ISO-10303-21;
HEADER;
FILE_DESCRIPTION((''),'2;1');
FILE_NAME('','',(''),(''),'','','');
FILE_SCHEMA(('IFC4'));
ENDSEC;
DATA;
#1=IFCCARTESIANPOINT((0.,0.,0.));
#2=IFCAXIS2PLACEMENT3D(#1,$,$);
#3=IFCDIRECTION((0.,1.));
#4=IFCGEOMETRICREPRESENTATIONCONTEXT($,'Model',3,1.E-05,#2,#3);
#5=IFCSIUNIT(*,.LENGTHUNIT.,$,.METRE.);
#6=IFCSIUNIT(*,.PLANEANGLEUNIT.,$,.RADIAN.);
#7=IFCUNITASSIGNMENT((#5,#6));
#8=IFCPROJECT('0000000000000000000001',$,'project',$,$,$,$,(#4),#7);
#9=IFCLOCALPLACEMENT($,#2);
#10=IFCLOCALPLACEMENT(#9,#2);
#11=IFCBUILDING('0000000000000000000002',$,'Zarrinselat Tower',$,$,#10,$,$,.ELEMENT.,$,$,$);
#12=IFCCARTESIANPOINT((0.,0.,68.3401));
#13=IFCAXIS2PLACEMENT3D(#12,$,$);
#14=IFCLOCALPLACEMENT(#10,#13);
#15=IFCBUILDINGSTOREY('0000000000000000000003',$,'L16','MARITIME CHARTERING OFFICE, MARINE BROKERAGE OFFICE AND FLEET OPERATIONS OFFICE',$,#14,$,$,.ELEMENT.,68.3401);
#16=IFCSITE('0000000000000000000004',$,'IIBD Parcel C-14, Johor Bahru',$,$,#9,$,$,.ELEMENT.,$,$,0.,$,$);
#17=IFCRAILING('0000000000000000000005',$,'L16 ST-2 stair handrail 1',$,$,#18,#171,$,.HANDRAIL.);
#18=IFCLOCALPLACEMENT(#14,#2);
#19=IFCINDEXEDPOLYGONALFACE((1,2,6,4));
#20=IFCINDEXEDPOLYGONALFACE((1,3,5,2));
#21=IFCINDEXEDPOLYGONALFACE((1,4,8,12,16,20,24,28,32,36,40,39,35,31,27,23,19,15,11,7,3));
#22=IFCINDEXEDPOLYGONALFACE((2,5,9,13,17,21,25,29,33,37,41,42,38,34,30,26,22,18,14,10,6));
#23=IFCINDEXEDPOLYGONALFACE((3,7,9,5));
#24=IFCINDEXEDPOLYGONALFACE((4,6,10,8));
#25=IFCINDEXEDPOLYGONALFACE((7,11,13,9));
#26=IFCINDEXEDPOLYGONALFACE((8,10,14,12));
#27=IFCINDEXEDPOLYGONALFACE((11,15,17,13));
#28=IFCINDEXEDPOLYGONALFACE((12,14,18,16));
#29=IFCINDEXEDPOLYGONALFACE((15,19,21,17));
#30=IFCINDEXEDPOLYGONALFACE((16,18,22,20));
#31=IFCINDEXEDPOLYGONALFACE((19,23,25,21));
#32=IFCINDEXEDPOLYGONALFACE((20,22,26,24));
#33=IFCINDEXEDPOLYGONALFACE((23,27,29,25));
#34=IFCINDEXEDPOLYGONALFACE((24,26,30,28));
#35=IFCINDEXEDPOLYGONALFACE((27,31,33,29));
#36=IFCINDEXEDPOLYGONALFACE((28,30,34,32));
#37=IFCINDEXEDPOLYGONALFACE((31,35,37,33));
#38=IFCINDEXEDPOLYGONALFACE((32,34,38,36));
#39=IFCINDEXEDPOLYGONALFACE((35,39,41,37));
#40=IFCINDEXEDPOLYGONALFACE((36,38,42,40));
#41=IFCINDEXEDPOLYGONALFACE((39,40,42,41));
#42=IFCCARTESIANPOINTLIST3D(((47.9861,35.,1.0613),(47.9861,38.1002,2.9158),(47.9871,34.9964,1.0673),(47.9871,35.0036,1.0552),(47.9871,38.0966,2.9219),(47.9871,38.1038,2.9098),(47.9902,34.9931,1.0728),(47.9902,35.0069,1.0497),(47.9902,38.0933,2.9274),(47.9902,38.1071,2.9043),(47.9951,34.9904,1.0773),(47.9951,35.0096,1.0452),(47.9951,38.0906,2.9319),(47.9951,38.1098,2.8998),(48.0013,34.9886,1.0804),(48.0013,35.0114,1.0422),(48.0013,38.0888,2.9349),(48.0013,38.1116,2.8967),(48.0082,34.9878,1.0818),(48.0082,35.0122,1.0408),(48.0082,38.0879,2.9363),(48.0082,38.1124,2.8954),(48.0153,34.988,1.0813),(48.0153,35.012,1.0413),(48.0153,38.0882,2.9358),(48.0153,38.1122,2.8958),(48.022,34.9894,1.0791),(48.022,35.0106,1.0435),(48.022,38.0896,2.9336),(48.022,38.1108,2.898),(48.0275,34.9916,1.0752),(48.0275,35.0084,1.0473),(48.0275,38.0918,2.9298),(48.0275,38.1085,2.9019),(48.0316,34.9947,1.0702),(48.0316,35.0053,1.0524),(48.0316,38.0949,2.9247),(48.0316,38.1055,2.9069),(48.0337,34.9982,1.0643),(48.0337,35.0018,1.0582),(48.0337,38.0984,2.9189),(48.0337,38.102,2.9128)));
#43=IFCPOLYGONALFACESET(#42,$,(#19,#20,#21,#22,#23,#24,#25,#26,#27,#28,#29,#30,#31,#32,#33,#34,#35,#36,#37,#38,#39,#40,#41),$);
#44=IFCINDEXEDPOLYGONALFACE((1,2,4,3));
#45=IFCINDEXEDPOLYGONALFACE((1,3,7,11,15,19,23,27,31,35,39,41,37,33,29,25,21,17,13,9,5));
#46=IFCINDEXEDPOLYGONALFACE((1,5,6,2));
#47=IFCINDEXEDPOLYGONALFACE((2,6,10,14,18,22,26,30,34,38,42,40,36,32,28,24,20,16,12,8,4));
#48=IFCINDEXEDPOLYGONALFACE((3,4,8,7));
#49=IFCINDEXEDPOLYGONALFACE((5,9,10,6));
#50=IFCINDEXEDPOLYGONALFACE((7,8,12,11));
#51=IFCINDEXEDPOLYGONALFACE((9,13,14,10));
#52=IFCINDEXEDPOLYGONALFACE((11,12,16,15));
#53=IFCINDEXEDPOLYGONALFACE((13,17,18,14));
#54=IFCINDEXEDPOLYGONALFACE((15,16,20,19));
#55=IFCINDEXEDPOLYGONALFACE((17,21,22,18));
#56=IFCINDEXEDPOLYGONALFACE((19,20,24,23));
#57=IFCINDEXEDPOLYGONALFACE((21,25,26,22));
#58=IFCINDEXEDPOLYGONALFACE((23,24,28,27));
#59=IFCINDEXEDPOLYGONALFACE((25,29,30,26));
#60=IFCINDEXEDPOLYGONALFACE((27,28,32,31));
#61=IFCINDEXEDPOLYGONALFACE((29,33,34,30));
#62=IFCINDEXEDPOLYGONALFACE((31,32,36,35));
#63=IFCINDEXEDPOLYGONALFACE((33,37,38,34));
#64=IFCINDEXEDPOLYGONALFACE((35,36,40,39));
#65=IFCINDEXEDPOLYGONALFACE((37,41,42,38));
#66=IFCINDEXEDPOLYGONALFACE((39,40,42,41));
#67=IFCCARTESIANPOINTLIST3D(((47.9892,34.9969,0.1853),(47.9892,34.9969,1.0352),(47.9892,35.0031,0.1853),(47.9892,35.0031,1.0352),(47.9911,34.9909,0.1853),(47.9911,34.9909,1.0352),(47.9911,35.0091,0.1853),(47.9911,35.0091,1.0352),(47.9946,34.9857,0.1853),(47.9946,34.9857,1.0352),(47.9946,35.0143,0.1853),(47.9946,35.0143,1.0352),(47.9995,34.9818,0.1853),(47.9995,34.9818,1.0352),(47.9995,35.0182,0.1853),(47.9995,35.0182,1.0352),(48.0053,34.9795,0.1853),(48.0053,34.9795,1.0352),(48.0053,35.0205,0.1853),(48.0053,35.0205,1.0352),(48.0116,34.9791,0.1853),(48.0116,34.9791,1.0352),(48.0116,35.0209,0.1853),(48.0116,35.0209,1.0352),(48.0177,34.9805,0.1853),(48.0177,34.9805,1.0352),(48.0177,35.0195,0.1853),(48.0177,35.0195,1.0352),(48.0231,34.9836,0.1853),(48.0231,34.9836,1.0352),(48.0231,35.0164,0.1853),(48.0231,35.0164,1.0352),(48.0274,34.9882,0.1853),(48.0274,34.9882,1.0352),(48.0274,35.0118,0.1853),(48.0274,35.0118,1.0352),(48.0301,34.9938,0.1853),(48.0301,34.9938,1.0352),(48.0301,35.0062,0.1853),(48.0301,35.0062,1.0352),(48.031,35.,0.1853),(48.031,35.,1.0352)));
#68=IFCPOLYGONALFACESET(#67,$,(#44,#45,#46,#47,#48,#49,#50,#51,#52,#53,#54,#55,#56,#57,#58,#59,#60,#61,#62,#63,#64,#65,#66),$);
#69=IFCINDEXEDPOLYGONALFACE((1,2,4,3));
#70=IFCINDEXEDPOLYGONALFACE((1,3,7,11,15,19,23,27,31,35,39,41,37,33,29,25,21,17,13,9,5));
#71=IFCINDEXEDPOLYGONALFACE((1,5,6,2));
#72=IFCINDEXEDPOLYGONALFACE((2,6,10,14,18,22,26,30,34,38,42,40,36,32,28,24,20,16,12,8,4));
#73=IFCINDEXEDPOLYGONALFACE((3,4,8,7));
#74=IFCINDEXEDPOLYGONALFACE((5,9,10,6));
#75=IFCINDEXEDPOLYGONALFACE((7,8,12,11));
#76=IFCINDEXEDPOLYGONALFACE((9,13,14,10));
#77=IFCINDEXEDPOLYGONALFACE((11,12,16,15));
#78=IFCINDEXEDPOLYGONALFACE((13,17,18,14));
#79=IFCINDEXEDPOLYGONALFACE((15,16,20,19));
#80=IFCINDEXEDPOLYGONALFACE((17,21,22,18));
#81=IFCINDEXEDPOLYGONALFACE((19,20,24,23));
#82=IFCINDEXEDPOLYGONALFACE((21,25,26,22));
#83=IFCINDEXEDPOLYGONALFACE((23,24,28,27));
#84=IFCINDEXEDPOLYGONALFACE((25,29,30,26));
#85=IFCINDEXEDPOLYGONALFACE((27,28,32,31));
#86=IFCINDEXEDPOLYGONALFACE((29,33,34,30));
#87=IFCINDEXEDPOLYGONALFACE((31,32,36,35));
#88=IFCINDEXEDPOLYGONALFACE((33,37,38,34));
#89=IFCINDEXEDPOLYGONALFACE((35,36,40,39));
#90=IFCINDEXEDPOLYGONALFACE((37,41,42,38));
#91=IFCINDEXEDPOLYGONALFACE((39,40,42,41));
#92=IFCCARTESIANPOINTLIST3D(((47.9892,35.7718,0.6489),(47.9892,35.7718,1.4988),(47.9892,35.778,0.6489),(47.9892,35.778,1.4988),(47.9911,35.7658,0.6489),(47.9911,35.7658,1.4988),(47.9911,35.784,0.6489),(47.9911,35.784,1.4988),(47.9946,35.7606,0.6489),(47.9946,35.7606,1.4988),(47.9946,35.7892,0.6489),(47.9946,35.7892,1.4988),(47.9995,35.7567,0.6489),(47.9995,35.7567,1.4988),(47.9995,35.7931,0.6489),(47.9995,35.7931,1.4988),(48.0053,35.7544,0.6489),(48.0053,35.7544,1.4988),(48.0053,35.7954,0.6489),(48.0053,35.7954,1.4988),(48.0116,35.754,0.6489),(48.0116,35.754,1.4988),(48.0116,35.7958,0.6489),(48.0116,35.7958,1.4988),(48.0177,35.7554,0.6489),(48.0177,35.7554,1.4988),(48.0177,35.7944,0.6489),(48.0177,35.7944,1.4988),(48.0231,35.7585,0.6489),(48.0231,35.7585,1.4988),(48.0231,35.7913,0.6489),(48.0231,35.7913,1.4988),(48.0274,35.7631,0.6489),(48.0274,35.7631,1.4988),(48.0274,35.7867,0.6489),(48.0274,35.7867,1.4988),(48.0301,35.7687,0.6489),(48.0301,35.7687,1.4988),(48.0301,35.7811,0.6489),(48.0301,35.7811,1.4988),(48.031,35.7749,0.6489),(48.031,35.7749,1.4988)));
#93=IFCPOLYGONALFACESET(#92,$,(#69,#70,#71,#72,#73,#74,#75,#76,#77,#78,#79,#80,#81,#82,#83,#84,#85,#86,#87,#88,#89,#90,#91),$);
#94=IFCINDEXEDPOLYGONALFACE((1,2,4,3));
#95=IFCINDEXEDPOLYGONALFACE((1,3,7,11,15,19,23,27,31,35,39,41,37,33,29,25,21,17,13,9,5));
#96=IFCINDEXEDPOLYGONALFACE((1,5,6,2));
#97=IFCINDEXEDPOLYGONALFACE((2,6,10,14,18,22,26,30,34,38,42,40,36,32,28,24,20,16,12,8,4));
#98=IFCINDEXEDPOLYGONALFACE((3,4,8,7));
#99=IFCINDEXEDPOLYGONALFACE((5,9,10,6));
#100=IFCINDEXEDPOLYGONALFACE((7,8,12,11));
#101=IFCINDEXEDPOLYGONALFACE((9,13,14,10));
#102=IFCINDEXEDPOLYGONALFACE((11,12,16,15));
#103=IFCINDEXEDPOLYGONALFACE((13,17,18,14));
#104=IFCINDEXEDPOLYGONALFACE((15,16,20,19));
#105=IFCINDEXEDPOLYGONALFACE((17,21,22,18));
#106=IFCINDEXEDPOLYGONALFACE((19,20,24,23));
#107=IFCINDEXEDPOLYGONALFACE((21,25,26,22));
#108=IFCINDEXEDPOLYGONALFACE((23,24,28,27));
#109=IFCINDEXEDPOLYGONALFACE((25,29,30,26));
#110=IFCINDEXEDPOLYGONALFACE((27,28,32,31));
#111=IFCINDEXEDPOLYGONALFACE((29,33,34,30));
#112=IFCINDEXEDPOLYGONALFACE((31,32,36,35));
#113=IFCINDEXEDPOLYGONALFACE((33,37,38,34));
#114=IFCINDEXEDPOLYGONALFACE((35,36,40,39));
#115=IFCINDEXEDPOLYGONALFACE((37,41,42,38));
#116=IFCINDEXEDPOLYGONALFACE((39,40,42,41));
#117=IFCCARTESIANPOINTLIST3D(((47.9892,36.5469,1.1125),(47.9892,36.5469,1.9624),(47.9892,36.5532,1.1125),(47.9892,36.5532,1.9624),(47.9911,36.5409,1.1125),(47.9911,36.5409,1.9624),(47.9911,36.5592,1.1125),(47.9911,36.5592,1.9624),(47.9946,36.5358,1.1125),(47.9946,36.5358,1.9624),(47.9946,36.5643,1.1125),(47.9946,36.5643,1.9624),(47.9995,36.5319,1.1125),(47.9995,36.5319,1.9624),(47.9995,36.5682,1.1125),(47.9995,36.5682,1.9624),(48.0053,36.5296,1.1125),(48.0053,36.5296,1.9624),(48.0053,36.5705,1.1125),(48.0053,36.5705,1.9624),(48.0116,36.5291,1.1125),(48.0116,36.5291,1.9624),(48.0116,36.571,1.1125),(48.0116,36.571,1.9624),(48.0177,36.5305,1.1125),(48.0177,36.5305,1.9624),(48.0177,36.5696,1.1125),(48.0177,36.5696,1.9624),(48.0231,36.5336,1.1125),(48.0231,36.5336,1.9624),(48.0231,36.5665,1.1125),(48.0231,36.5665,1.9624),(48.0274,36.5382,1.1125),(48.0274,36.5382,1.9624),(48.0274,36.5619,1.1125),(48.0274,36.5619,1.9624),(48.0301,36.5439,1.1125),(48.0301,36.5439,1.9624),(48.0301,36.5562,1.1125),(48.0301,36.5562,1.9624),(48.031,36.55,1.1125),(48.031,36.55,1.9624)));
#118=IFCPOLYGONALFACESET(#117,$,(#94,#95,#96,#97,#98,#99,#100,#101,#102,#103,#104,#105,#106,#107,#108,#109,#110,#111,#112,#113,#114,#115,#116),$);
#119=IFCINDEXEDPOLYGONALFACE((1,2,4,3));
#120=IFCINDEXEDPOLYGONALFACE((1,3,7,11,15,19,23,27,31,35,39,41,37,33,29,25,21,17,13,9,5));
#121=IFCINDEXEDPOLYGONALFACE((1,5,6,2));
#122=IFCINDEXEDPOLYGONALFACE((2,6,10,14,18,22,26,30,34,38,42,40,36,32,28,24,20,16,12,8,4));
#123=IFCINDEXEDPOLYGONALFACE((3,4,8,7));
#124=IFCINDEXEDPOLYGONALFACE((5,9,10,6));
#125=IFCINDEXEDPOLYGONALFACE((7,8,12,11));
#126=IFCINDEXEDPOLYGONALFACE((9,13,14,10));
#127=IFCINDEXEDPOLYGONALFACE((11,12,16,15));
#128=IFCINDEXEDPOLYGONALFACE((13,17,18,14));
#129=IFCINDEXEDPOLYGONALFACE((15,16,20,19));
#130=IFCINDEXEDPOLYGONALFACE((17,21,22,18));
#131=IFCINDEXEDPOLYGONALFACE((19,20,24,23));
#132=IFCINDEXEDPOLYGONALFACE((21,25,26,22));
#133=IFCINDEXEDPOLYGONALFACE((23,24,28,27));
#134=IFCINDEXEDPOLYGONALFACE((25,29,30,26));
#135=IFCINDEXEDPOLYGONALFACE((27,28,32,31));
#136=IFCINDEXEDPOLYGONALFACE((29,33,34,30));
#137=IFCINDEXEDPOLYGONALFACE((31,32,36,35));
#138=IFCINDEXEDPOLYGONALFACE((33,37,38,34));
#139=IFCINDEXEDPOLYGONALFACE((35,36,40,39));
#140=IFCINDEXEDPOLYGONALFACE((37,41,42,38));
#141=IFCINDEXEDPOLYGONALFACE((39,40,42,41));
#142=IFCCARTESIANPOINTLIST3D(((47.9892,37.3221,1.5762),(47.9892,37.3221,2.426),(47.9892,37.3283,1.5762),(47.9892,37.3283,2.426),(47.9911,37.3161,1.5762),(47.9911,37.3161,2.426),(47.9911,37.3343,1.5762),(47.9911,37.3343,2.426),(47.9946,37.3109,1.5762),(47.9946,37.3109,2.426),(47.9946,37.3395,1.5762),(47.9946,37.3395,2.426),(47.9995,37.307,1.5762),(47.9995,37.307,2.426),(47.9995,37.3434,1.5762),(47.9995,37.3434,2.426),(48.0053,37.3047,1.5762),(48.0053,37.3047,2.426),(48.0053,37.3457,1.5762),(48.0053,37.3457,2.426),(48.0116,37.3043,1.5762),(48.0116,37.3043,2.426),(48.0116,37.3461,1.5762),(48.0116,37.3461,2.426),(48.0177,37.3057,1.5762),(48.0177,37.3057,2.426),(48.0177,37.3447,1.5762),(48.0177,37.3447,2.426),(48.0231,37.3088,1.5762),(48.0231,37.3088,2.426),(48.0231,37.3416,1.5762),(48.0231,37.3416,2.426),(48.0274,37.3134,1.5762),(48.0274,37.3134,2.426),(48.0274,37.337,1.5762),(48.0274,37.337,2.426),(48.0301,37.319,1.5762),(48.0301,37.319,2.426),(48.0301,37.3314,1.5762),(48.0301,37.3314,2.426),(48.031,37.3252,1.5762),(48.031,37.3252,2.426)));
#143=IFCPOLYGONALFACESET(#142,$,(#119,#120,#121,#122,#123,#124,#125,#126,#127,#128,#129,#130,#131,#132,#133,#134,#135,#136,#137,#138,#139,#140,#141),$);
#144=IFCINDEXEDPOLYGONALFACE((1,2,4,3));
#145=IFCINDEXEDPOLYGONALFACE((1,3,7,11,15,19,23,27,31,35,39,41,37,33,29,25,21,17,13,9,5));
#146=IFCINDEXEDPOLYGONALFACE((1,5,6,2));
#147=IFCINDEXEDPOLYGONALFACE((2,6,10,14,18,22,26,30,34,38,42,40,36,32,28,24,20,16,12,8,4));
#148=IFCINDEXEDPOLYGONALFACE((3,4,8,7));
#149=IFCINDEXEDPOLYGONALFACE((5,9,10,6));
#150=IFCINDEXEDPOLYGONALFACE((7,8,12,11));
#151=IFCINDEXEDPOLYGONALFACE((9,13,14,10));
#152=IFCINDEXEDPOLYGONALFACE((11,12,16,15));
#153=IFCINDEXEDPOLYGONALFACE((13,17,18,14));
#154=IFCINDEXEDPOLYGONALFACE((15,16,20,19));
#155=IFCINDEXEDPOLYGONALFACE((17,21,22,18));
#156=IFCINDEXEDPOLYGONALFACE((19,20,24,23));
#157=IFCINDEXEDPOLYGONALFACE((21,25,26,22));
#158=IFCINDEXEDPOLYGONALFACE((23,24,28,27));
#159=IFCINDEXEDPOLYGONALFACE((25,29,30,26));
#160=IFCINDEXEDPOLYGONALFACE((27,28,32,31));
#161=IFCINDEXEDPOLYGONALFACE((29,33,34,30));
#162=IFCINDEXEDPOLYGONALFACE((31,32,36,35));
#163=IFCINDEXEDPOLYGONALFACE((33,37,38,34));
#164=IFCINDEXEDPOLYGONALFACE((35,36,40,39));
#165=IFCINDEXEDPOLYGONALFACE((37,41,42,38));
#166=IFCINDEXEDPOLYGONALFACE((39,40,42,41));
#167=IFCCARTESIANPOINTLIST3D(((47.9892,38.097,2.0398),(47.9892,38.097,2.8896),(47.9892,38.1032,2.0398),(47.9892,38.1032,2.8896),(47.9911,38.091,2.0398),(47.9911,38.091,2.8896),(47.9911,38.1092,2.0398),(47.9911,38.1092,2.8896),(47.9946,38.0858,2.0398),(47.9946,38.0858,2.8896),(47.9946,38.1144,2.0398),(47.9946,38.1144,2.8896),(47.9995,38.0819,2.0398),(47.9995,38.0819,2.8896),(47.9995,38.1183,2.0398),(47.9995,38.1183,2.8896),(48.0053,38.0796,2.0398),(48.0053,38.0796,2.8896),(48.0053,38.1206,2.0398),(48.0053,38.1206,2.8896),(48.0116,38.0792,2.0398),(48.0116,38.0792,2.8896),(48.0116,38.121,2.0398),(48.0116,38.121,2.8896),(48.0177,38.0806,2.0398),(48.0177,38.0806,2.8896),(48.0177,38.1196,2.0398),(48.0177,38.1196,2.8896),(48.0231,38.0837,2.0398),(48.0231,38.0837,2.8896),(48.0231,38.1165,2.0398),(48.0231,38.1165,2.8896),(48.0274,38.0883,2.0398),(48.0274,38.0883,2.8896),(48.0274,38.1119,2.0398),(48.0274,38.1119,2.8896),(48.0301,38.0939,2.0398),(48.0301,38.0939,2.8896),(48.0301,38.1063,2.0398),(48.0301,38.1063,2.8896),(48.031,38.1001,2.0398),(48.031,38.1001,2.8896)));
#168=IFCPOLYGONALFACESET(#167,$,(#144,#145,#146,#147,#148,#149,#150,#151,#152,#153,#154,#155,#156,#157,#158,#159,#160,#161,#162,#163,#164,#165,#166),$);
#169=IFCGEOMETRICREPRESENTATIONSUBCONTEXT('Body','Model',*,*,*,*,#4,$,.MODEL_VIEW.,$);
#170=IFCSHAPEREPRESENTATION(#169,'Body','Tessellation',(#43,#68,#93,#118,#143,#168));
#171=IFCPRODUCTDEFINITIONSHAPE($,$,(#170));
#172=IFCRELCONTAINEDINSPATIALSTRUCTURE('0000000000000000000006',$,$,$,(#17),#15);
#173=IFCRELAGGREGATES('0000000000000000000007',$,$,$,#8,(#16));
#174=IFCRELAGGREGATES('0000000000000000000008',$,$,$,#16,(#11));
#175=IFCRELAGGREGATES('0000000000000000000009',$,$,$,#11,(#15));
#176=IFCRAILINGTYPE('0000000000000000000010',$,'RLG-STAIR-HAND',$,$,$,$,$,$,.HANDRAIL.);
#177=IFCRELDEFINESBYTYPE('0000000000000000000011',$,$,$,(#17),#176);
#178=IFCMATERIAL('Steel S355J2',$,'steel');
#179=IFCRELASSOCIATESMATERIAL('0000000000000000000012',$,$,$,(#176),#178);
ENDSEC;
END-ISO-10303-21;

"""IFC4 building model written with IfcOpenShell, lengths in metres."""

from ifc_helpers import new_model, si_unit, direction, frame, origin, origin_2d, place, context, subcontext, project, spatial, circle, extrude, material, type_object, element, save


model = new_model("IFC4")

# Units and contexts
model_context = context("Model", 3, precision=1e-05, world=origin(), true_north=direction((0.0, 1.0)))
body_context = subcontext(model_context, "Body", "Model", "MODEL_VIEW")
ifc_project = project(units=[si_unit("LENGTHUNIT", "METRE"), si_unit("PLANEANGLEUNIT", "RADIAN")], contexts=[model_context])

# Site, building, storey
site_placement = place(None, origin())
site = spatial("IfcSite", under=ifc_project, at=site_placement, Name="IIBD Parcel C-14, Johor Bahru", CompositionType="ELEMENT", RefElevation=0.0)
building_placement = place(site_placement, origin())
building = spatial("IfcBuilding", under=site, at=building_placement, Name="Zarrinselat Tower", CompositionType="ELEMENT")
storey_placement = place(building_placement, frame((0.0, 0.0, 68.3401)))
storey = spatial("IfcBuildingStorey", under=building, at=storey_placement, Name="L16", Description="MARITIME CHARTERING OFFICE, MARINE BROKERAGE OFFICE AND FLEET OPERATIONS OFFICE", CompositionType="ELEMENT", Elevation=68.3401)

# Railing
ifc_material_1 = material(Name="Steel S355J2", Category="steel")
railing_type_1 = type_object("IfcRailingType", Name="RLG-STAIR-HAND", PredefinedType="HANDRAIL", material=ifc_material_1)
railing_1_placement = place(storey_placement, frame((48.01, 35.0, 0.1853)))
element("IfcRailing", 1, at=railing_1_placement, inside=storey, type_object=railing_type_1, Name="L16 ST-2 stair handrail 1", PredefinedType="HANDRAIL", context=body_context, shape_type="SweptSolid", body=[
    extrude(circle(Radius=0.0239, at=origin_2d()), frame((0.0, 0.0, 0.876), z_axis=(0.0, 0.858172, 0.513362), x_axis=(-1.0, 0.0, 0.0)), (0.0, 0.0, 1.0), 3.6125),
    extrude(circle(Radius=0.021, at=origin_2d()), origin(), (0.0, 0.0, 1.0), 0.8499),
    extrude(circle(Radius=0.021, at=origin_2d()), frame((0.0, 0.7749, 0.4636)), (0.0, 0.0, 1.0), 0.8499),
    extrude(circle(Radius=0.021, at=origin_2d()), frame((0.0, 1.55, 0.9272)), (0.0, 0.0, 1.0), 0.8499),
    extrude(circle(Radius=0.021, at=origin_2d()), frame((0.0, 2.3252, 1.3909)), (0.0, 0.0, 1.0), 0.8499),
    extrude(circle(Radius=0.021, at=origin_2d()), frame((0.0, 3.1001, 1.8545)), (0.0, 0.0, 1.0), 0.8499),
])

save(model, "model.ifc")
